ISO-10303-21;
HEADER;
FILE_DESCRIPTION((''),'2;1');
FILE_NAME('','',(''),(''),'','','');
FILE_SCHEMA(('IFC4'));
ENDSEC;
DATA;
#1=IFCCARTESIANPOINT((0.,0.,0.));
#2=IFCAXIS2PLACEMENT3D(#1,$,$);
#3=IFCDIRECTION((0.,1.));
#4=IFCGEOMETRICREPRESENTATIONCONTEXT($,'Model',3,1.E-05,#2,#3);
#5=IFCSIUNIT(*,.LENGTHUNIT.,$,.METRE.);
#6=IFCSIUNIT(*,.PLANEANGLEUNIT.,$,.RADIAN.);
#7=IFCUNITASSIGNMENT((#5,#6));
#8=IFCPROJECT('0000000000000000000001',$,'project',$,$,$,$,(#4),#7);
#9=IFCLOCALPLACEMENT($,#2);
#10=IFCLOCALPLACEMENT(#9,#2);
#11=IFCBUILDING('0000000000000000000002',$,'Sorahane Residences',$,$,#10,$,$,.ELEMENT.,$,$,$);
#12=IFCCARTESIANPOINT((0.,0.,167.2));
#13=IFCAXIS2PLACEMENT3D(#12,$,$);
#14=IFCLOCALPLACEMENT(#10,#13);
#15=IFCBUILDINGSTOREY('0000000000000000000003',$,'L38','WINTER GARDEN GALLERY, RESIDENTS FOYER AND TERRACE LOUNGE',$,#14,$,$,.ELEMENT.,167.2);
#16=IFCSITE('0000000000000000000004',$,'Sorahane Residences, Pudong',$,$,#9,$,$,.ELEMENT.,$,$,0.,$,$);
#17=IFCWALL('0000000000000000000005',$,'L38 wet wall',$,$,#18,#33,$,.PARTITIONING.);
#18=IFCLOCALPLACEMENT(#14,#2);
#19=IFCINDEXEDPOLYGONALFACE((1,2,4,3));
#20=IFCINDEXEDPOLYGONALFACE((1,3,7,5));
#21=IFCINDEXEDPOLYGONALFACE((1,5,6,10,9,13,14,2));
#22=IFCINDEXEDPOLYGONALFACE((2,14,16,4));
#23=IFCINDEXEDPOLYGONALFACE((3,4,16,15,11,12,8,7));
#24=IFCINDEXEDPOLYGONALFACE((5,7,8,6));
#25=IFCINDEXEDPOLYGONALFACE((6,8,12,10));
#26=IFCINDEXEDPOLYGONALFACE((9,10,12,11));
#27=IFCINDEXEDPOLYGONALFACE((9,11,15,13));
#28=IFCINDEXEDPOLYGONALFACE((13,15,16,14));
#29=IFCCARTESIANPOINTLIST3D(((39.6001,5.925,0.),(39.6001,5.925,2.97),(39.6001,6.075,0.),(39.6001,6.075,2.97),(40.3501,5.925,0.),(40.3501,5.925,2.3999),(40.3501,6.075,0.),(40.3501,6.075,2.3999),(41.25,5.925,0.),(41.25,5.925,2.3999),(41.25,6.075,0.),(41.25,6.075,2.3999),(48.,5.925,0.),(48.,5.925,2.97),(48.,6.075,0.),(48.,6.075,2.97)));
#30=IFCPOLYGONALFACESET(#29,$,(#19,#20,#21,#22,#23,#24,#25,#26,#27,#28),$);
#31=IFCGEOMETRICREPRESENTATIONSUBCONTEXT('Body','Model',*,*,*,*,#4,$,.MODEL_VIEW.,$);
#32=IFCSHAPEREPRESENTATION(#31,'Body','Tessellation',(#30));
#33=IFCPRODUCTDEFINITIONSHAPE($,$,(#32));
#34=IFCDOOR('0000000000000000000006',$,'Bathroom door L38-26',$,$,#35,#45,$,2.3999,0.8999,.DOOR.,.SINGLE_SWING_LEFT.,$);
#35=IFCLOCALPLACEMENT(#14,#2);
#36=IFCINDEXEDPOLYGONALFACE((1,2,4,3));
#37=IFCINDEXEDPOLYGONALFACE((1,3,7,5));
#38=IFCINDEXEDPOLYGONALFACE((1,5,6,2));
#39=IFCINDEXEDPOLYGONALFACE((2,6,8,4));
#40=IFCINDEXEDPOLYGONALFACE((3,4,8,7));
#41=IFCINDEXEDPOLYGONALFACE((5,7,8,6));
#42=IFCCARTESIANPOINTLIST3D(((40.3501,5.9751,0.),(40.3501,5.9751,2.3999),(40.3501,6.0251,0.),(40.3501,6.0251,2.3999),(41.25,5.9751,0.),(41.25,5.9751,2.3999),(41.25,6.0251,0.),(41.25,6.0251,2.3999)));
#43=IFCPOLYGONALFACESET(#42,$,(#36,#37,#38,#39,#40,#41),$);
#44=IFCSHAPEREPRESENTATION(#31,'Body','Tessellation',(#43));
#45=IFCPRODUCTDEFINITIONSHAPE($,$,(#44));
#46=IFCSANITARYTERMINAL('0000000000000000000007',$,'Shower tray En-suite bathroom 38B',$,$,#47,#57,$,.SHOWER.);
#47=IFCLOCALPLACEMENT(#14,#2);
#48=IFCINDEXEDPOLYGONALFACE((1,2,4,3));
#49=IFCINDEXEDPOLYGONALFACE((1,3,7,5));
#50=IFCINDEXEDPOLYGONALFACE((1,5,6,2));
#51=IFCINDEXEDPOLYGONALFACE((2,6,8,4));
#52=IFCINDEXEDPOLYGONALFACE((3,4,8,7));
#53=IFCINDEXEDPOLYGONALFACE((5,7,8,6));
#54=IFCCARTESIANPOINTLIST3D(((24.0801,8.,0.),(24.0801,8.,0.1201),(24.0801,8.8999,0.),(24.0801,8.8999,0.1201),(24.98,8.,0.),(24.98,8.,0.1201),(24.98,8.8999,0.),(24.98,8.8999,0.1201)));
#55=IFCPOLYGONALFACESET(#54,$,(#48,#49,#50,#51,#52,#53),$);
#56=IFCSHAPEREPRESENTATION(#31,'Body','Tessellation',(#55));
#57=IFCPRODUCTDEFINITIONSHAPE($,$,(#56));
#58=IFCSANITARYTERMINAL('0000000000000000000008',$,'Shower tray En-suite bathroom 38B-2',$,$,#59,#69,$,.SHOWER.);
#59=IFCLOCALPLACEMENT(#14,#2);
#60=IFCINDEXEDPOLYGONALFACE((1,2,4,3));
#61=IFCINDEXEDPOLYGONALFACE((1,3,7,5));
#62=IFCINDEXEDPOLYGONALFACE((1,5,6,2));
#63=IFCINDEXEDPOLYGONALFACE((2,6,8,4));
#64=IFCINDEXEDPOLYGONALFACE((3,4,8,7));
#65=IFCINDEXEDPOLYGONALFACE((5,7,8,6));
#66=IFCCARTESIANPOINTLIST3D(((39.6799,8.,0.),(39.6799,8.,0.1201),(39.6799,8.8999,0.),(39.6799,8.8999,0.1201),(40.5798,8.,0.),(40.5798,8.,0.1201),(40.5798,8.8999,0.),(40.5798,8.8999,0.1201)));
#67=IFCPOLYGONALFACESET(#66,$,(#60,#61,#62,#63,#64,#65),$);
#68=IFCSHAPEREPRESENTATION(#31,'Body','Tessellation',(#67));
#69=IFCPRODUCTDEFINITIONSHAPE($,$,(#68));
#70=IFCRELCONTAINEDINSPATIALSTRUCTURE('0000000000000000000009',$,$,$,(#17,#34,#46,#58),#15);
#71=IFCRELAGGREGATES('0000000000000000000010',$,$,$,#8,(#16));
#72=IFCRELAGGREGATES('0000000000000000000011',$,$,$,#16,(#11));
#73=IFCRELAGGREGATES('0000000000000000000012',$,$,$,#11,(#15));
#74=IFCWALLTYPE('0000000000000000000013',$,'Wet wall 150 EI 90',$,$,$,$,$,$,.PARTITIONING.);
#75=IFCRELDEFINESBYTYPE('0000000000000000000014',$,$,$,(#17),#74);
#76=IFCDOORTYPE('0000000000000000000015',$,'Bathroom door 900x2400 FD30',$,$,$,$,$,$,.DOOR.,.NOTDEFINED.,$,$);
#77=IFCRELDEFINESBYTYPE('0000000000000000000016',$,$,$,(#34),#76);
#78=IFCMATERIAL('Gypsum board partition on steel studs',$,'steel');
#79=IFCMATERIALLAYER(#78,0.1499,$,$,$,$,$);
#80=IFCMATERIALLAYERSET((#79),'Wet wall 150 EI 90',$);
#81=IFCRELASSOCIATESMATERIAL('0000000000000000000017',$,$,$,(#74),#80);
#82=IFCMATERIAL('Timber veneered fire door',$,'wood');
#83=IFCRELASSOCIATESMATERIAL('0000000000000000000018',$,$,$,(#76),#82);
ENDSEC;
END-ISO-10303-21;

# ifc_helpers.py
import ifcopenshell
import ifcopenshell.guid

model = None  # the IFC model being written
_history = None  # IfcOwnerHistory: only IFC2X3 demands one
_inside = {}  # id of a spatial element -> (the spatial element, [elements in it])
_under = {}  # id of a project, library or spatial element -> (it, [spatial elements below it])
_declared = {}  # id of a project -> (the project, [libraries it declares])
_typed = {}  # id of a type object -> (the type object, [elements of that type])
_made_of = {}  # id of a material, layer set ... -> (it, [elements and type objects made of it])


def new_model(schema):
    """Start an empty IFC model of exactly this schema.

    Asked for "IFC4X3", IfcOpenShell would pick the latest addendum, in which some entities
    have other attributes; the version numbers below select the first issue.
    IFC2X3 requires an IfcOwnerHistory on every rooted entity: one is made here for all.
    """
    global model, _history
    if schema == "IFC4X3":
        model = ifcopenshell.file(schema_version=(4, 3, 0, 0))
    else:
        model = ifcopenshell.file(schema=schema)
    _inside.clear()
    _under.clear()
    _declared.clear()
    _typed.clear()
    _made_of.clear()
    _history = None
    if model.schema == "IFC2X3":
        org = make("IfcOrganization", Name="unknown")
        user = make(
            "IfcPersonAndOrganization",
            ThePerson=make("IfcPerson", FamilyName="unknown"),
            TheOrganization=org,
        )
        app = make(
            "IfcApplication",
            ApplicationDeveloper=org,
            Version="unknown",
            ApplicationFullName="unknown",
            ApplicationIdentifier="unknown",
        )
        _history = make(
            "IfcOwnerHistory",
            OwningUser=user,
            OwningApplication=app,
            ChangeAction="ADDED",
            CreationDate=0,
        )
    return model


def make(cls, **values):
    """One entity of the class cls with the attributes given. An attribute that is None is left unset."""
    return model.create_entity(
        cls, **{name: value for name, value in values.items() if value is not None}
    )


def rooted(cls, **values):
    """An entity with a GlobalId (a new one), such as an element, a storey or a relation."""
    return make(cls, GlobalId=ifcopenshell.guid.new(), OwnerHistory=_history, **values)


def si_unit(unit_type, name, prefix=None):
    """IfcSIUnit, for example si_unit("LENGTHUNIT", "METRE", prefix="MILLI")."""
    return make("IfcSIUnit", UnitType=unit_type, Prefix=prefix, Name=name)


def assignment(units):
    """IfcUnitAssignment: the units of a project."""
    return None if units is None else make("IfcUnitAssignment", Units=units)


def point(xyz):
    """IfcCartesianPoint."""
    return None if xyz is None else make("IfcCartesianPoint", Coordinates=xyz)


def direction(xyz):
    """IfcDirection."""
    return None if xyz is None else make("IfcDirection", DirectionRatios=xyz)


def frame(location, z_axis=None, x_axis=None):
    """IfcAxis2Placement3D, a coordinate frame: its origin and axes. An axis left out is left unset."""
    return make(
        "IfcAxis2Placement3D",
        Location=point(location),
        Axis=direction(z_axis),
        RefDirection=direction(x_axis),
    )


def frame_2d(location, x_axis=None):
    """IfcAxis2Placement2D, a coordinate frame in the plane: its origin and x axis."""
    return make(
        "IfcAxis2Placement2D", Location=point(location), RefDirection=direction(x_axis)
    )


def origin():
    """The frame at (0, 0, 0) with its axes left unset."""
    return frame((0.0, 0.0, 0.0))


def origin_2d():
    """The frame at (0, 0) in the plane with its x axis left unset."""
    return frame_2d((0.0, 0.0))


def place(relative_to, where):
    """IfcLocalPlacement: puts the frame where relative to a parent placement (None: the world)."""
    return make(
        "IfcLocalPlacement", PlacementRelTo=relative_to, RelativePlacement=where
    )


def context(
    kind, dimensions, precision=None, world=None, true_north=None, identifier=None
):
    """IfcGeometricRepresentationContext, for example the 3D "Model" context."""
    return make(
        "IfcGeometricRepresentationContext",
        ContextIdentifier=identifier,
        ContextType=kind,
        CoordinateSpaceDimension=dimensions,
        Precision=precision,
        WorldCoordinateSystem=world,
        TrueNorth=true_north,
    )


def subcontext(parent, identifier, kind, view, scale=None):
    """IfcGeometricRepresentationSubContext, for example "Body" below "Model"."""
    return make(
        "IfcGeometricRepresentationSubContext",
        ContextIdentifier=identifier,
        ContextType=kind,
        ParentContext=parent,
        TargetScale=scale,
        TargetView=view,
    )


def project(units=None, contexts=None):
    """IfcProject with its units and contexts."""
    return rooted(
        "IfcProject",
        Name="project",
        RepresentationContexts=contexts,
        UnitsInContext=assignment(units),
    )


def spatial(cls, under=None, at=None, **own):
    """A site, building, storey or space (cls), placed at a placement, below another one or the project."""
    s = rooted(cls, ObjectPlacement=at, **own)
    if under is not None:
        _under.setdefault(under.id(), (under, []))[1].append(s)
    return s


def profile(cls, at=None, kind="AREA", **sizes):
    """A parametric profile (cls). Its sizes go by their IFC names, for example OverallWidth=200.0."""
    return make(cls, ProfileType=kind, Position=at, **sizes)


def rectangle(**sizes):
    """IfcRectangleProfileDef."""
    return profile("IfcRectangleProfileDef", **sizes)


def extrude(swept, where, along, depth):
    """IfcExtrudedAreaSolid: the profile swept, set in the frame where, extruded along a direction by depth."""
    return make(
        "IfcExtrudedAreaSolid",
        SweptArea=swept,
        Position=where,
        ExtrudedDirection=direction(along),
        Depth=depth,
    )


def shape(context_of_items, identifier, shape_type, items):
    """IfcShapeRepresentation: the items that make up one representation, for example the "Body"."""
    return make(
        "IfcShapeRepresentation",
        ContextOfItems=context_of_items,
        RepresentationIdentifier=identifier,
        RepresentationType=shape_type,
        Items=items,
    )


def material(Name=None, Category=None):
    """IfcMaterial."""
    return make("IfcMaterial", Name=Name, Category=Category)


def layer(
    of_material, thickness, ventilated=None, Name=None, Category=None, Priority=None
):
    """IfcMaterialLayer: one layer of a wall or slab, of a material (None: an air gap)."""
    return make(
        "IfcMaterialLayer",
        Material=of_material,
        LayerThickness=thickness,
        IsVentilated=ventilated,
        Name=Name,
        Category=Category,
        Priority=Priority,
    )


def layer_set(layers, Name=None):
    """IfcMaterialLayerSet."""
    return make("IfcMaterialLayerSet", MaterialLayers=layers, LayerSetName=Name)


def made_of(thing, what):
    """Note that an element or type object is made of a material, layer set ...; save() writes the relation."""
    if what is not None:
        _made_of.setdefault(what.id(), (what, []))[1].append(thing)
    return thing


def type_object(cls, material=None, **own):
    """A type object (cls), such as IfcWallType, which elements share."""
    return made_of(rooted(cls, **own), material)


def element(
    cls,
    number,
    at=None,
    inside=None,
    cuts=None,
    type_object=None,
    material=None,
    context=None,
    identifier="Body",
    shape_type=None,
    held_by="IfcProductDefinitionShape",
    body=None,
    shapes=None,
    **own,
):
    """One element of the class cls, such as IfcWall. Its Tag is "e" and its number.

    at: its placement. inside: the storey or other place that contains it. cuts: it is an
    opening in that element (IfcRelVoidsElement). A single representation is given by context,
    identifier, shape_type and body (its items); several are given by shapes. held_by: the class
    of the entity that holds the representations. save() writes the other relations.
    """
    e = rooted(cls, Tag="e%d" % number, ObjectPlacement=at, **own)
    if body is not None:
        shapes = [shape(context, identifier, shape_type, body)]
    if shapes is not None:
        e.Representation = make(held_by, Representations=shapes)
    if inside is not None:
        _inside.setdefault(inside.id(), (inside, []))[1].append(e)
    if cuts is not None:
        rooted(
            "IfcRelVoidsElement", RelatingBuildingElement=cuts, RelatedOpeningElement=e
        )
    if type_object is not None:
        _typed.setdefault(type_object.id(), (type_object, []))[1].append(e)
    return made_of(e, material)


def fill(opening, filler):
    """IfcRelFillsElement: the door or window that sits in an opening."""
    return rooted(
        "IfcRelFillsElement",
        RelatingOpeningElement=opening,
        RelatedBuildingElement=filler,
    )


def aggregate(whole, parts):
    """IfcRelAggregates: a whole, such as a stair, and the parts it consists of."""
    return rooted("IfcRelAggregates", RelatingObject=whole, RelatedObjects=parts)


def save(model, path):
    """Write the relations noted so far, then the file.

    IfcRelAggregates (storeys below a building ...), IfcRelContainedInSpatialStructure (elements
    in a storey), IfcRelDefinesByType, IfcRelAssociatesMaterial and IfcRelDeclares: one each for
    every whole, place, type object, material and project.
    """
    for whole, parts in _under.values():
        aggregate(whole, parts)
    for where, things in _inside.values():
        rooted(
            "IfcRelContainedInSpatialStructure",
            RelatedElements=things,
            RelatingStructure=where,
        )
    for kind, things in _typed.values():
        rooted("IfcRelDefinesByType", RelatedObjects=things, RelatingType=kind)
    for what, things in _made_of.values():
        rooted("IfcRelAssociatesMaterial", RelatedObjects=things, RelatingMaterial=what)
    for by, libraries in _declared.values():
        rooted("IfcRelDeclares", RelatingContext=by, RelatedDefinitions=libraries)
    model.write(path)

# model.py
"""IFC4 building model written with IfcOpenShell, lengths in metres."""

from ifc_helpers import new_model, si_unit, direction, frame, frame_2d, origin, origin_2d, place, context, subcontext, project, spatial, rectangle, extrude, material, layer, layer_set, type_object, element, fill, save


model = new_model("IFC4")

# Units and contexts
model_context = context("Model", 3, precision=1e-05, world=origin(), true_north=direction((0.0, 1.0)))
body_context = subcontext(model_context, "Body", "Model", "MODEL_VIEW")
ifc_project = project(units=[si_unit("LENGTHUNIT", "METRE"), si_unit("PLANEANGLEUNIT", "RADIAN")], contexts=[model_context])

# Site, building, storey
site_placement = place(None, origin())
site = spatial("IfcSite", under=ifc_project, at=site_placement, Name="Sorahane Residences, Pudong", CompositionType="ELEMENT", RefElevation=0.0)
building_placement = place(site_placement, origin())
building = spatial("IfcBuilding", under=site, at=building_placement, Name="Sorahane Residences", CompositionType="ELEMENT")
storey_placement = place(building_placement, frame((0.0, 0.0, 167.2)))
storey = spatial("IfcBuildingStorey", under=building, at=storey_placement, Name="L38", Description="WINTER GARDEN GALLERY, RESIDENTS FOYER AND TERRACE LOUNGE", CompositionType="ELEMENT", Elevation=167.2)

# Shared definitions
ifc_material_1 = material(Name="Gypsum board partition on steel studs", Category="steel")
ifc_layer_1 = layer(ifc_material_1, 0.1499)
ifc_layer_set_1 = layer_set([ifc_layer_1], Name="Wet wall 150 EI 90")
wall_type_1 = type_object("IfcWallType", Name="Wet wall 150 EI 90", PredefinedType="PARTITIONING", material=ifc_layer_set_1)

# Wall, opening, door
wall_1_placement = place(storey_placement, frame((39.6001, 6.0, 0.0), z_axis=(0.0, 0.0, 1.0), x_axis=(1.0, 0.0, 0.0)))
wall_1 = element("IfcWall", 1, at=wall_1_placement, inside=storey, type_object=wall_type_1, Name="L38 wet wall", PredefinedType="PARTITIONING", context=body_context, shape_type="SweptSolid", body=[
    extrude(rectangle(XDim=8.3999, YDim=0.1499, at=frame_2d((4.2, 0.0))), origin(), (0.0, 0.0, 1.0), 2.97),
])
opening_1_placement = place(wall_1_placement, frame((0.75, 0.0, 0.0)))
opening_1 = element("IfcOpeningElement", 2, at=opening_1_placement, cuts=wall_1, PredefinedType="OPENING", context=body_context, shape_type="SweptSolid", body=[
    extrude(rectangle(XDim=0.8999, YDim=2.3999, at=frame_2d((0.45, 1.2))), frame((0.0, 0.085, 0.0), z_axis=(0.0, -1.0, 0.0), x_axis=(1.0, 0.0, 0.0)), (0.0, 0.0, 1.0), 0.1699),
])
ifc_material_2 = material(Name="Timber veneered fire door", Category="wood")
door_type_1 = type_object("IfcDoorType", Name="Bathroom door 900x2400 FD30", OperationType="NOTDEFINED", PredefinedType="DOOR", material=ifc_material_2)
door_1_placement = place(opening_1_placement, frame((0.8999, 0.0, 0.0), z_axis=(0.0, 0.0, 1.0), x_axis=(-1.0, 0.0, 0.0)))
door_1 = element("IfcDoor", 3, at=door_1_placement, inside=storey, type_object=door_type_1, Name="Bathroom door L38-26", OperationType="SINGLE_SWING_LEFT", OverallHeight=2.3999, OverallWidth=0.8999, PredefinedType="DOOR", context=body_context, shape_type="SweptSolid", body=[
    extrude(rectangle(XDim=0.8999, YDim=2.3999, at=frame_2d((0.45, 1.2))), frame((0.0, 0.0249, 0.0), z_axis=(0.0, -1.0, 0.0), x_axis=(1.0, 0.0, 0.0)), (0.0, 0.0, 1.0), 0.05),
])
fill(opening_1, door_1)

# Sanitary terminals
for number, where, z_axis, x_axis, name in (
    (4, (24.53, 8.45, 0.0), (0.0, 0.0, 1.0), (1.0, 0.0, 0.0), "Shower tray En-suite bathroom 38B"),
    (5, (40.1299, 8.45, 0.0), (0.0, 0.0, 1.0), (1.0, 0.0, 0.0), "Shower tray En-suite bathroom 38B-2"),
):
    element("IfcSanitaryTerminal", number, at=place(storey_placement, frame(where, z_axis=z_axis, x_axis=x_axis)), inside=storey, Name=name, PredefinedType="SHOWER", context=body_context, shape_type="SweptSolid", body=[
        extrude(rectangle(XDim=0.8999, YDim=0.8999, at=origin_2d()), origin(), (0.0, 0.0, 1.0), 0.1201),
    ])

save(model, "model.ifc")
